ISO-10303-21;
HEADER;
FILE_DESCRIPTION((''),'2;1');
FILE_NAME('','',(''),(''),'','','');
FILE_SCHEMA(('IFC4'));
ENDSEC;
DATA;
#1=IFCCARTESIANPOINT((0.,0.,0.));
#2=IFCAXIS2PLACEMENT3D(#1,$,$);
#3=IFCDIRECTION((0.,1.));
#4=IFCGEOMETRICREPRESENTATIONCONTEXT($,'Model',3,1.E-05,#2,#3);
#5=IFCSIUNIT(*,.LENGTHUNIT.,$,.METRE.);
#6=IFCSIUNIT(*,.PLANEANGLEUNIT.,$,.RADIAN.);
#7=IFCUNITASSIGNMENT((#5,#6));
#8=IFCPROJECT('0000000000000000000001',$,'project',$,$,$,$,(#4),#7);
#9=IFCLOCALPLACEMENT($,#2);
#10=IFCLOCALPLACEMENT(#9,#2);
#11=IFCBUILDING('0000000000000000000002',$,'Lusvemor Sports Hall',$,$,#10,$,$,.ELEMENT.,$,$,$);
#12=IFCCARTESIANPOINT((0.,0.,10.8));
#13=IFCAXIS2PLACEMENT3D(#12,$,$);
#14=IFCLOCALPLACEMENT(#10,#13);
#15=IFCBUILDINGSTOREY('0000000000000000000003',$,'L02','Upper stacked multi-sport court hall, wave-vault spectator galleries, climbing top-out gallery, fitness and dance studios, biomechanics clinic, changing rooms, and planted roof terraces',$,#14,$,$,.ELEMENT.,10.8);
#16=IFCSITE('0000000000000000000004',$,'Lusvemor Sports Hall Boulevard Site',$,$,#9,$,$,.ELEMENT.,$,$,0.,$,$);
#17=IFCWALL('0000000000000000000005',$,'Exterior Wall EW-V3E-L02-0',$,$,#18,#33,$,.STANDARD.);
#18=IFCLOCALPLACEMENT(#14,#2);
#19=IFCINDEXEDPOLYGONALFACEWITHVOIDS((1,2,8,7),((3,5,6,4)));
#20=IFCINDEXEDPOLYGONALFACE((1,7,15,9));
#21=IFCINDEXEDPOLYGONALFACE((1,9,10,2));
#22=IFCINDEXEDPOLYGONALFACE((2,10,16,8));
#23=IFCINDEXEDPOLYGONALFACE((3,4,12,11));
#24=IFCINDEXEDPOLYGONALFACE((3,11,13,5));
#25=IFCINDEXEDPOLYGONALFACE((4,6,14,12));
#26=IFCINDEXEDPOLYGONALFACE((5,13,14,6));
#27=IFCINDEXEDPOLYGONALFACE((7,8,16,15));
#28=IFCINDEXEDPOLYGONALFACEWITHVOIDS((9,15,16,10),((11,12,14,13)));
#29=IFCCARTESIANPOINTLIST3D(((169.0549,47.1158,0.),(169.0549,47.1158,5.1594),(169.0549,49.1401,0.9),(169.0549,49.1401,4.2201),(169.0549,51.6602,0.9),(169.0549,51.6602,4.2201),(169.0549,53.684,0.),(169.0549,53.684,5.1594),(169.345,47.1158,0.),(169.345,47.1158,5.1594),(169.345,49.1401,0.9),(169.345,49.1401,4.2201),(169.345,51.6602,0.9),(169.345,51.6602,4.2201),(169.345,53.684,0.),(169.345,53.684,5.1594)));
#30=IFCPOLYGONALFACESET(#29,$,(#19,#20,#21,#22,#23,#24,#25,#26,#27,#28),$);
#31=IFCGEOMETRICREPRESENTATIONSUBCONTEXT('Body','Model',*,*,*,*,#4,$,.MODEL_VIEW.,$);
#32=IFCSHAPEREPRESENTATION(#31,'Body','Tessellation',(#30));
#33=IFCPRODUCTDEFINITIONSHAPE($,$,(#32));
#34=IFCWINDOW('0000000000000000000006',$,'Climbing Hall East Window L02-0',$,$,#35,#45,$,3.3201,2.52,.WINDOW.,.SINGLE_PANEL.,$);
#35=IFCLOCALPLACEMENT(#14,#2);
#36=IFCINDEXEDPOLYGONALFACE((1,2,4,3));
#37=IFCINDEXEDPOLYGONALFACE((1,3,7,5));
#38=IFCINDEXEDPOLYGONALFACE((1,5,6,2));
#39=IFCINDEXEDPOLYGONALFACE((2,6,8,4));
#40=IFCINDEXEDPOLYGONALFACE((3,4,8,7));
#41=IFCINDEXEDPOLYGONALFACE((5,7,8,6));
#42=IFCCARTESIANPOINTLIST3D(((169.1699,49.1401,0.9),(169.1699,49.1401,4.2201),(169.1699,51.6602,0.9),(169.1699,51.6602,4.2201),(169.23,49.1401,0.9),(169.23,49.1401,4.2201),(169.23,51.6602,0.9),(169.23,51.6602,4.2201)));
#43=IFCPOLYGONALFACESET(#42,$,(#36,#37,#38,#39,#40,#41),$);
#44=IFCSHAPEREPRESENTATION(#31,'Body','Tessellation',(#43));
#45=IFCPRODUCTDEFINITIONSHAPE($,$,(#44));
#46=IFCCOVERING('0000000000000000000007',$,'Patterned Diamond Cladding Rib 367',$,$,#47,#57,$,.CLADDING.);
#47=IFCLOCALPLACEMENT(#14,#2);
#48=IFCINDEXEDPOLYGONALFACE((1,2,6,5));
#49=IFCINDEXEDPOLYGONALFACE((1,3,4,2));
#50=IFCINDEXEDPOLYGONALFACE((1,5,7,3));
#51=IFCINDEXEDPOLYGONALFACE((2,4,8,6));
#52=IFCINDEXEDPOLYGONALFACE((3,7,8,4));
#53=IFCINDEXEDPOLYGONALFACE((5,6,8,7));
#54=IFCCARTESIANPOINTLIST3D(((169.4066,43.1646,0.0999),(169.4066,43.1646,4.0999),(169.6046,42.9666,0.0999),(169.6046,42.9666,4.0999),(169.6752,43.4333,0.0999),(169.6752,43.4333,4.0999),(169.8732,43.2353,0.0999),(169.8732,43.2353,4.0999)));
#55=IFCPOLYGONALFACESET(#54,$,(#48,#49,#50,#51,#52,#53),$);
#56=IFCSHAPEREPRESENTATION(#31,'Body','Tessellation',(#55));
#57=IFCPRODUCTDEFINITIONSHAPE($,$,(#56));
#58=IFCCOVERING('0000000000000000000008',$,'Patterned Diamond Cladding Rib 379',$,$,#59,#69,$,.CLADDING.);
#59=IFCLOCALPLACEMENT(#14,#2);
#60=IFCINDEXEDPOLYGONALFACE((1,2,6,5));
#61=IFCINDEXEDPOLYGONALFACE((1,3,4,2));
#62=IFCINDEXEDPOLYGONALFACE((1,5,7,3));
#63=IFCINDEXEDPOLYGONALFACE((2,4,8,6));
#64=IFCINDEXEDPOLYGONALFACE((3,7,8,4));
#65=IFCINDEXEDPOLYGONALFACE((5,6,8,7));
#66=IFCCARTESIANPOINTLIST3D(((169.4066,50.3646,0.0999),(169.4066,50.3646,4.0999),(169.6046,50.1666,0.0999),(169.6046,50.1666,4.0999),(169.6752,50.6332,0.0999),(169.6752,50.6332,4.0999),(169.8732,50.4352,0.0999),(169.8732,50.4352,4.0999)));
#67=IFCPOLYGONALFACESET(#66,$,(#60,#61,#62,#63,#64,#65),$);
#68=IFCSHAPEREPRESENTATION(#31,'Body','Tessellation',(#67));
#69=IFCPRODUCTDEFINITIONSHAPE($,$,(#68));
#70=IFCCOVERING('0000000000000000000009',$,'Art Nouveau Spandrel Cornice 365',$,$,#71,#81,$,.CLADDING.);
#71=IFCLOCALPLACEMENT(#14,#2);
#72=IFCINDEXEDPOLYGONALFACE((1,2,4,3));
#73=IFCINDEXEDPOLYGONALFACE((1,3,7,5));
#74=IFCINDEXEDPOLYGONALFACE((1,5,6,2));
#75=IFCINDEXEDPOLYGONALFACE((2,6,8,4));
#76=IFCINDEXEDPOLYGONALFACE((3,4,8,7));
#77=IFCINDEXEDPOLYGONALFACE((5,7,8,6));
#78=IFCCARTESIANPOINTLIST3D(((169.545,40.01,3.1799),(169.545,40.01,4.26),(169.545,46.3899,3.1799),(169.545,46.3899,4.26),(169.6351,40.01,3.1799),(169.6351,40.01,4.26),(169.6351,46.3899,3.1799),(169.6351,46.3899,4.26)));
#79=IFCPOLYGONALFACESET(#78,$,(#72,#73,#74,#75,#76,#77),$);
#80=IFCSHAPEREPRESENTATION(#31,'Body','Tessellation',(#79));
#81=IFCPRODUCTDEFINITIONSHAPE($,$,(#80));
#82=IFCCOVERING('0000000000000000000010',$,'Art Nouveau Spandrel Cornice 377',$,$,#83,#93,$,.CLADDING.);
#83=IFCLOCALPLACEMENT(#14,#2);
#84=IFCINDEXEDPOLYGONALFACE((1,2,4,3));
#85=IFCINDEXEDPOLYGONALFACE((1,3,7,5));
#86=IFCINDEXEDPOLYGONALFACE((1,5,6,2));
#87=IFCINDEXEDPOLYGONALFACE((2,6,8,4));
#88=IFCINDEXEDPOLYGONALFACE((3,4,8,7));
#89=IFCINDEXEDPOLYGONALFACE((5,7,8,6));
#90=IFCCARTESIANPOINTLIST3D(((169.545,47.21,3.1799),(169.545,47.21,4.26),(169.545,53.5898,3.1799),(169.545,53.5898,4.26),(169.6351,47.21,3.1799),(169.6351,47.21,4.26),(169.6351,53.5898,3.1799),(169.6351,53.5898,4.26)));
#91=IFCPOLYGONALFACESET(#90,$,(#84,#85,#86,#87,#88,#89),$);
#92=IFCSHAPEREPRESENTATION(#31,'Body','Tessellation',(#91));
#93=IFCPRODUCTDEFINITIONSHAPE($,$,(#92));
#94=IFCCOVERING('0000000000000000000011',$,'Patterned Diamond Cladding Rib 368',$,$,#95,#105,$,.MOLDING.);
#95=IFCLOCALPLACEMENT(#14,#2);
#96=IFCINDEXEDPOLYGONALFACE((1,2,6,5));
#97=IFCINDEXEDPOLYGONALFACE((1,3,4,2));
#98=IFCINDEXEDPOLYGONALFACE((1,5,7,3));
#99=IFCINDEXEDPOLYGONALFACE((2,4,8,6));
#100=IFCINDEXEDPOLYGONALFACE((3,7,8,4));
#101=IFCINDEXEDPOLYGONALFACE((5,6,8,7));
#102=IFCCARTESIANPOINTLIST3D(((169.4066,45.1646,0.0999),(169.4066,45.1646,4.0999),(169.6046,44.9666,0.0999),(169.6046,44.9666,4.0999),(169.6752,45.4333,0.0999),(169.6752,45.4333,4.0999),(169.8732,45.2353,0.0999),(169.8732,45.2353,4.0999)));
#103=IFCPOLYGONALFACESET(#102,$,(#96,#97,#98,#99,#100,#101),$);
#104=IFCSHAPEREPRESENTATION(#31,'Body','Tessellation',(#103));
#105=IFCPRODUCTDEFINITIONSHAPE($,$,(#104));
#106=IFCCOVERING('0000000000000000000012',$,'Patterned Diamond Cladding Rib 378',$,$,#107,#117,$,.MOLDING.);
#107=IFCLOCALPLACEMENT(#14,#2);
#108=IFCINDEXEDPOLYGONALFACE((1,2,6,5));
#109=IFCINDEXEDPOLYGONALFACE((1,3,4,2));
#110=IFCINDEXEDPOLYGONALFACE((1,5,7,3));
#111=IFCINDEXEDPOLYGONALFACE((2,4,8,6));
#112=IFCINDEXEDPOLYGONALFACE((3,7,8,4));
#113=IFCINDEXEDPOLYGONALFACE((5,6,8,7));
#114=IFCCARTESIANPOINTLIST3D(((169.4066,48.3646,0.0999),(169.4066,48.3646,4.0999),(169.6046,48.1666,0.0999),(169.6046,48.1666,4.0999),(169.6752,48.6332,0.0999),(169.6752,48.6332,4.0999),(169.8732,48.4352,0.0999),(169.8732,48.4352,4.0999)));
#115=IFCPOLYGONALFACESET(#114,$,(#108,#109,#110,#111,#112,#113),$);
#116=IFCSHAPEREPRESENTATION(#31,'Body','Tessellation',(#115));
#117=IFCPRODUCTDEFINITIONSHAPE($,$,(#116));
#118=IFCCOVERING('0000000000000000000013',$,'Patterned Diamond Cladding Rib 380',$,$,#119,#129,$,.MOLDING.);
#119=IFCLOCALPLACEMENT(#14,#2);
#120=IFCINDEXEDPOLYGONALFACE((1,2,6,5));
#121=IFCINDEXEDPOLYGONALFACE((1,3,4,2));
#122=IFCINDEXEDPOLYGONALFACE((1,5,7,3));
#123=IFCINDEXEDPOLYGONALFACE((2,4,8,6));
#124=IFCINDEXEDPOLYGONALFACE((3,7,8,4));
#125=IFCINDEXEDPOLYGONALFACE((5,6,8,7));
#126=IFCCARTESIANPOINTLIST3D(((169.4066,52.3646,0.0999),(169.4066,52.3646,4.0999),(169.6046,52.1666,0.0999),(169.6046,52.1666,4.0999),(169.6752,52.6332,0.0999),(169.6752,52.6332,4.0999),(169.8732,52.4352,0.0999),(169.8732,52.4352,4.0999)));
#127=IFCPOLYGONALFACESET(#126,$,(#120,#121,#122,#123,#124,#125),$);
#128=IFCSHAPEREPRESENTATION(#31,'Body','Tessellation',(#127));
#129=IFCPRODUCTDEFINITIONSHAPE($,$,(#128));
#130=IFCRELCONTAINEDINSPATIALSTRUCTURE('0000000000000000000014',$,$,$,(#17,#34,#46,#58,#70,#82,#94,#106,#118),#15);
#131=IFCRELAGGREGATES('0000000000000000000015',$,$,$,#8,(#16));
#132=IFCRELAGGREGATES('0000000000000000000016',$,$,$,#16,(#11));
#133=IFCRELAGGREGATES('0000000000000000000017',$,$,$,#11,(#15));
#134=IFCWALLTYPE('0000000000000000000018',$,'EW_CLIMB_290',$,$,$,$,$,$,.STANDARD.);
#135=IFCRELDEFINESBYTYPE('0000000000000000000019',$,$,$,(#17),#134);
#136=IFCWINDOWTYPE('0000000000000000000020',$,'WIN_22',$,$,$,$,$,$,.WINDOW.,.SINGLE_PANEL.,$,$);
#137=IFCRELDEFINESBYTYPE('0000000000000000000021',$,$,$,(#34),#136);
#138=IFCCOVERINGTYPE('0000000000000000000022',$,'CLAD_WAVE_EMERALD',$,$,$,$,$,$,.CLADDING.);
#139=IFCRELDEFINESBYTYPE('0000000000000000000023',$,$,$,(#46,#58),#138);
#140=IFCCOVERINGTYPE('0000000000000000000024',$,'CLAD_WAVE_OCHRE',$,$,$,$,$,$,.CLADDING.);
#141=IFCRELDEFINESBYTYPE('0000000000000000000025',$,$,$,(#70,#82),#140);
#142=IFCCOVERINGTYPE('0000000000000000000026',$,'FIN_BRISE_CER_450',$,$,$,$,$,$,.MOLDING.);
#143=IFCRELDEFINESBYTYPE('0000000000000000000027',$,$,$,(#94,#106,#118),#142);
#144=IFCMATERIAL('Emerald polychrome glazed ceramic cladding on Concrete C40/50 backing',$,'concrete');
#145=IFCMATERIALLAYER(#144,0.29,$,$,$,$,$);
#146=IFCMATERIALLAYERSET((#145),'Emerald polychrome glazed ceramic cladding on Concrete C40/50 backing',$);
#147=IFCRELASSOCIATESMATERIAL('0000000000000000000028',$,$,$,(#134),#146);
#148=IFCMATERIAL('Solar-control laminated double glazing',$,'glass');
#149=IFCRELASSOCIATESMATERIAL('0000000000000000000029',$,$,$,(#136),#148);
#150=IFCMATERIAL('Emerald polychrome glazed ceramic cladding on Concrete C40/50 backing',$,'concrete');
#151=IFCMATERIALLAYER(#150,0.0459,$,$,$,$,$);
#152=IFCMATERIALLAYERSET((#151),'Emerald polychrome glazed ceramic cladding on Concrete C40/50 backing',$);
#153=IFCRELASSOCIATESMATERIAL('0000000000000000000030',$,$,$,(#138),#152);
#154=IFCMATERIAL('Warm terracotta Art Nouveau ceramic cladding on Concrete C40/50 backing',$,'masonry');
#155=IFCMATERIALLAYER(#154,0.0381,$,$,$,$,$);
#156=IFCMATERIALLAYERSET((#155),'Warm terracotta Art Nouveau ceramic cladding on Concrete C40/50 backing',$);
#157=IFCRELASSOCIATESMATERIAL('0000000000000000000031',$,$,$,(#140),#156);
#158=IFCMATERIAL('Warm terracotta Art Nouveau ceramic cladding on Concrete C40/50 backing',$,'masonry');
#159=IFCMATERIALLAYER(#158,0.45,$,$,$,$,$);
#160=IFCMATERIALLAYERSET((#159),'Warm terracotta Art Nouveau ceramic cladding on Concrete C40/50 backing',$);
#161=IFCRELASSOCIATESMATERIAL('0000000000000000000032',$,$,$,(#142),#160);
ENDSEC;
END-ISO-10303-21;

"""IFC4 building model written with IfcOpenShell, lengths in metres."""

from ifc_helpers import new_model, si_unit, direction, frame, frame_2d, origin, origin_2d, place, context, subcontext, project, spatial, rectangle, extrude, material, layer, layer_set, type_object, element, fill, save


model = new_model("IFC4")

# Units and contexts
model_context = context("Model", 3, precision=1e-05, world=origin(), true_north=direction((0.0, 1.0)))
body_context = subcontext(model_context, "Body", "Model", "MODEL_VIEW")
ifc_project = project(units=[si_unit("LENGTHUNIT", "METRE"), si_unit("PLANEANGLEUNIT", "RADIAN")], contexts=[model_context])

# Site, building, storey
site_placement = place(None, origin())
site = spatial("IfcSite", under=ifc_project, at=site_placement, Name="Lusvemor Sports Hall Boulevard Site", CompositionType="ELEMENT", RefElevation=0.0)
building_placement = place(site_placement, origin())
building = spatial("IfcBuilding", under=site, at=building_placement, Name="Lusvemor Sports Hall", CompositionType="ELEMENT")
storey_placement = place(building_placement, frame((0.0, 0.0, 10.8)))
storey = spatial("IfcBuildingStorey", under=building, at=storey_placement, Name="L02", Description="Upper stacked multi-sport court hall, wave-vault spectator galleries, climbing top-out gallery, fitness and dance studios, biomechanics clinic, changing rooms, and planted roof terraces", CompositionType="ELEMENT", Elevation=10.8)

# Wall, opening, window
ifc_material_1 = material(Name="Emerald polychrome glazed ceramic cladding on Concrete C40/50 backing", Category="concrete")
ifc_layer_1 = layer(ifc_material_1, 0.29)
ifc_layer_set_1 = layer_set([ifc_layer_1], Name="Emerald polychrome glazed ceramic cladding on Concrete C40/50 backing")
wall_type = type_object("IfcWallType", Name="EW_CLIMB_290", PredefinedType="STANDARD", material=ifc_layer_set_1)
wall_placement = place(storey_placement, frame((169.2, 53.6841, 0.0), z_axis=(0.0, 0.0, 1.0), x_axis=(0.0, -1.0, 0.0)))
wall = element("IfcWall", 1, at=wall_placement, inside=storey, type_object=wall_type, Name="Exterior Wall EW-V3E-L02-0", PredefinedType="STANDARD", context=body_context, shape_type="SweptSolid", body=[
    extrude(rectangle(XDim=6.5681, YDim=0.29, at=frame_2d((3.2842, 0.0))), origin(), (0.0, 0.0, 1.0), 5.1594),
])
opening_placement = place(wall_placement, frame((2.0239, 0.0, 0.8999)))
opening = element("IfcOpeningElement", 2, at=opening_placement, cuts=wall, PredefinedType="OPENING", context=body_context, shape_type="SweptSolid", body=[
    extrude(rectangle(XDim=2.52, YDim=3.3201, at=frame_2d((1.26, 1.6602))), frame((0.0, 0.145, 0.0), z_axis=(0.0, -1.0, 0.0), x_axis=(1.0, 0.0, 0.0)), (0.0, 0.0, 1.0), 0.29),
])
ifc_material_2 = material(Name="Solar-control laminated double glazing", Category="glass")
window_type = type_object("IfcWindowType", Name="WIN_22", PartitioningType="SINGLE_PANEL", PredefinedType="WINDOW", material=ifc_material_2)
window_placement = place(opening_placement, origin())
window = element("IfcWindow", 3, at=window_placement, inside=storey, type_object=window_type, Name="Climbing Hall East Window L02-0", OverallHeight=3.3201, OverallWidth=2.52, PartitioningType="SINGLE_PANEL", PredefinedType="WINDOW", context=body_context, shape_type="SweptSolid", body=[
    extrude(rectangle(XDim=2.52, YDim=3.3201, at=frame_2d((1.26, 1.6602))), frame((0.0, 0.03, 0.0), z_axis=(0.0, -1.0, 0.0), x_axis=(1.0, 0.0, 0.0)), (0.0, 0.0, 1.0), 0.0601),
])
fill(opening, window)

# Coverings
ifc_material_3 = material(Name="Emerald polychrome glazed ceramic cladding on Concrete C40/50 backing", Category="concrete")
ifc_layer_2 = layer(ifc_material_3, 0.0459)
ifc_layer_set_2 = layer_set([ifc_layer_2], Name="Emerald polychrome glazed ceramic cladding on Concrete C40/50 backing")
covering_type_1 = type_object("IfcCoveringType", Name="CLAD_WAVE_EMERALD", PredefinedType="CLADDING", material=ifc_layer_set_2)
for number, where, z_axis, x_axis, name in (
    (4, (169.6399, 43.2, 0.0999), (0.0, 0.0, 1.0), (0.707107, 0.707107, 0.0), "Patterned Diamond Cladding Rib 367"),
    (5, (169.6399, 50.3999, 0.0999), (0.0, 0.0, 1.0), (0.707107, 0.707107, 0.0), "Patterned Diamond Cladding Rib 379"),
):
    element("IfcCovering", number, at=place(storey_placement, frame(where, z_axis=z_axis, x_axis=x_axis)), inside=storey, type_object=covering_type_1, Name=name, PredefinedType="CLADDING", context=body_context, shape_type="SweptSolid", body=[
        extrude(rectangle(XDim=0.3799, YDim=0.28, at=origin_2d()), origin(), (0.0, 0.0, 1.0), 4.0),
    ])
ifc_material_4 = material(Name="Warm terracotta Art Nouveau ceramic cladding on Concrete C40/50 backing", Category="masonry")
ifc_layer_3 = layer(ifc_material_4, 0.0381)
ifc_layer_set_3 = layer_set([ifc_layer_3], Name="Warm terracotta Art Nouveau ceramic cladding on Concrete C40/50 backing")
covering_type_2 = type_object("IfcCoveringType", Name="CLAD_WAVE_OCHRE", PredefinedType="CLADDING", material=ifc_layer_set_3)
for number, where, z_axis, x_axis, name in (
    (6, (169.5901, 43.2, 3.1799), (0.0, 0.0, 1.0), (1.0, 0.0, 0.0), "Art Nouveau Spandrel Cornice 365"),
    (7, (169.5901, 50.3999, 3.1799), (0.0, 0.0, 1.0), (1.0, 0.0, 0.0), "Art Nouveau Spandrel Cornice 377"),
):
    element("IfcCovering", number, at=place(storey_placement, frame(where, z_axis=z_axis, x_axis=x_axis)), inside=storey, type_object=covering_type_2, Name=name, PredefinedType="CLADDING", context=body_context, shape_type="SweptSolid", body=[
        extrude(rectangle(XDim=0.0901, YDim=6.3799, at=origin_2d()), origin(), (0.0, 0.0, 1.0), 1.0801),
    ])
ifc_material_5 = material(Name="Warm terracotta Art Nouveau ceramic cladding on Concrete C40/50 backing", Category="masonry")
ifc_layer_4 = layer(ifc_material_5, 0.45)
ifc_layer_set_4 = layer_set([ifc_layer_4], Name="Warm terracotta Art Nouveau ceramic cladding on Concrete C40/50 backing")
covering_type_3 = type_object("IfcCoveringType", Name="FIN_BRISE_CER_450", PredefinedType="MOLDING", material=ifc_layer_set_4)
for number, where, z_axis, x_axis, name in (
    (8, (169.6399, 45.2, 0.0999), (0.0, 0.0, 1.0), (0.707107, 0.707107, 0.0), "Patterned Diamond Cladding Rib 368"),
    (9, (169.6399, 48.3999, 0.0999), (0.0, 0.0, 1.0), (0.707107, 0.707107, 0.0), "Patterned Diamond Cladding Rib 378"),
    (10, (169.6399, 52.3999, 0.0999), (0.0, 0.0, 1.0), (0.707107, 0.707107, 0.0), "Patterned Diamond Cladding Rib 380"),
):
    element("IfcCovering", number, at=place(storey_placement, frame(where, z_axis=z_axis, x_axis=x_axis)), inside=storey, type_object=covering_type_3, Name=name, PredefinedType="MOLDING", context=body_context, shape_type="SweptSolid", body=[
        extrude(rectangle(XDim=0.3799, YDim=0.28, at=origin_2d()), origin(), (0.0, 0.0, 1.0), 4.0),
    ])

save(model, "model.ifc")
